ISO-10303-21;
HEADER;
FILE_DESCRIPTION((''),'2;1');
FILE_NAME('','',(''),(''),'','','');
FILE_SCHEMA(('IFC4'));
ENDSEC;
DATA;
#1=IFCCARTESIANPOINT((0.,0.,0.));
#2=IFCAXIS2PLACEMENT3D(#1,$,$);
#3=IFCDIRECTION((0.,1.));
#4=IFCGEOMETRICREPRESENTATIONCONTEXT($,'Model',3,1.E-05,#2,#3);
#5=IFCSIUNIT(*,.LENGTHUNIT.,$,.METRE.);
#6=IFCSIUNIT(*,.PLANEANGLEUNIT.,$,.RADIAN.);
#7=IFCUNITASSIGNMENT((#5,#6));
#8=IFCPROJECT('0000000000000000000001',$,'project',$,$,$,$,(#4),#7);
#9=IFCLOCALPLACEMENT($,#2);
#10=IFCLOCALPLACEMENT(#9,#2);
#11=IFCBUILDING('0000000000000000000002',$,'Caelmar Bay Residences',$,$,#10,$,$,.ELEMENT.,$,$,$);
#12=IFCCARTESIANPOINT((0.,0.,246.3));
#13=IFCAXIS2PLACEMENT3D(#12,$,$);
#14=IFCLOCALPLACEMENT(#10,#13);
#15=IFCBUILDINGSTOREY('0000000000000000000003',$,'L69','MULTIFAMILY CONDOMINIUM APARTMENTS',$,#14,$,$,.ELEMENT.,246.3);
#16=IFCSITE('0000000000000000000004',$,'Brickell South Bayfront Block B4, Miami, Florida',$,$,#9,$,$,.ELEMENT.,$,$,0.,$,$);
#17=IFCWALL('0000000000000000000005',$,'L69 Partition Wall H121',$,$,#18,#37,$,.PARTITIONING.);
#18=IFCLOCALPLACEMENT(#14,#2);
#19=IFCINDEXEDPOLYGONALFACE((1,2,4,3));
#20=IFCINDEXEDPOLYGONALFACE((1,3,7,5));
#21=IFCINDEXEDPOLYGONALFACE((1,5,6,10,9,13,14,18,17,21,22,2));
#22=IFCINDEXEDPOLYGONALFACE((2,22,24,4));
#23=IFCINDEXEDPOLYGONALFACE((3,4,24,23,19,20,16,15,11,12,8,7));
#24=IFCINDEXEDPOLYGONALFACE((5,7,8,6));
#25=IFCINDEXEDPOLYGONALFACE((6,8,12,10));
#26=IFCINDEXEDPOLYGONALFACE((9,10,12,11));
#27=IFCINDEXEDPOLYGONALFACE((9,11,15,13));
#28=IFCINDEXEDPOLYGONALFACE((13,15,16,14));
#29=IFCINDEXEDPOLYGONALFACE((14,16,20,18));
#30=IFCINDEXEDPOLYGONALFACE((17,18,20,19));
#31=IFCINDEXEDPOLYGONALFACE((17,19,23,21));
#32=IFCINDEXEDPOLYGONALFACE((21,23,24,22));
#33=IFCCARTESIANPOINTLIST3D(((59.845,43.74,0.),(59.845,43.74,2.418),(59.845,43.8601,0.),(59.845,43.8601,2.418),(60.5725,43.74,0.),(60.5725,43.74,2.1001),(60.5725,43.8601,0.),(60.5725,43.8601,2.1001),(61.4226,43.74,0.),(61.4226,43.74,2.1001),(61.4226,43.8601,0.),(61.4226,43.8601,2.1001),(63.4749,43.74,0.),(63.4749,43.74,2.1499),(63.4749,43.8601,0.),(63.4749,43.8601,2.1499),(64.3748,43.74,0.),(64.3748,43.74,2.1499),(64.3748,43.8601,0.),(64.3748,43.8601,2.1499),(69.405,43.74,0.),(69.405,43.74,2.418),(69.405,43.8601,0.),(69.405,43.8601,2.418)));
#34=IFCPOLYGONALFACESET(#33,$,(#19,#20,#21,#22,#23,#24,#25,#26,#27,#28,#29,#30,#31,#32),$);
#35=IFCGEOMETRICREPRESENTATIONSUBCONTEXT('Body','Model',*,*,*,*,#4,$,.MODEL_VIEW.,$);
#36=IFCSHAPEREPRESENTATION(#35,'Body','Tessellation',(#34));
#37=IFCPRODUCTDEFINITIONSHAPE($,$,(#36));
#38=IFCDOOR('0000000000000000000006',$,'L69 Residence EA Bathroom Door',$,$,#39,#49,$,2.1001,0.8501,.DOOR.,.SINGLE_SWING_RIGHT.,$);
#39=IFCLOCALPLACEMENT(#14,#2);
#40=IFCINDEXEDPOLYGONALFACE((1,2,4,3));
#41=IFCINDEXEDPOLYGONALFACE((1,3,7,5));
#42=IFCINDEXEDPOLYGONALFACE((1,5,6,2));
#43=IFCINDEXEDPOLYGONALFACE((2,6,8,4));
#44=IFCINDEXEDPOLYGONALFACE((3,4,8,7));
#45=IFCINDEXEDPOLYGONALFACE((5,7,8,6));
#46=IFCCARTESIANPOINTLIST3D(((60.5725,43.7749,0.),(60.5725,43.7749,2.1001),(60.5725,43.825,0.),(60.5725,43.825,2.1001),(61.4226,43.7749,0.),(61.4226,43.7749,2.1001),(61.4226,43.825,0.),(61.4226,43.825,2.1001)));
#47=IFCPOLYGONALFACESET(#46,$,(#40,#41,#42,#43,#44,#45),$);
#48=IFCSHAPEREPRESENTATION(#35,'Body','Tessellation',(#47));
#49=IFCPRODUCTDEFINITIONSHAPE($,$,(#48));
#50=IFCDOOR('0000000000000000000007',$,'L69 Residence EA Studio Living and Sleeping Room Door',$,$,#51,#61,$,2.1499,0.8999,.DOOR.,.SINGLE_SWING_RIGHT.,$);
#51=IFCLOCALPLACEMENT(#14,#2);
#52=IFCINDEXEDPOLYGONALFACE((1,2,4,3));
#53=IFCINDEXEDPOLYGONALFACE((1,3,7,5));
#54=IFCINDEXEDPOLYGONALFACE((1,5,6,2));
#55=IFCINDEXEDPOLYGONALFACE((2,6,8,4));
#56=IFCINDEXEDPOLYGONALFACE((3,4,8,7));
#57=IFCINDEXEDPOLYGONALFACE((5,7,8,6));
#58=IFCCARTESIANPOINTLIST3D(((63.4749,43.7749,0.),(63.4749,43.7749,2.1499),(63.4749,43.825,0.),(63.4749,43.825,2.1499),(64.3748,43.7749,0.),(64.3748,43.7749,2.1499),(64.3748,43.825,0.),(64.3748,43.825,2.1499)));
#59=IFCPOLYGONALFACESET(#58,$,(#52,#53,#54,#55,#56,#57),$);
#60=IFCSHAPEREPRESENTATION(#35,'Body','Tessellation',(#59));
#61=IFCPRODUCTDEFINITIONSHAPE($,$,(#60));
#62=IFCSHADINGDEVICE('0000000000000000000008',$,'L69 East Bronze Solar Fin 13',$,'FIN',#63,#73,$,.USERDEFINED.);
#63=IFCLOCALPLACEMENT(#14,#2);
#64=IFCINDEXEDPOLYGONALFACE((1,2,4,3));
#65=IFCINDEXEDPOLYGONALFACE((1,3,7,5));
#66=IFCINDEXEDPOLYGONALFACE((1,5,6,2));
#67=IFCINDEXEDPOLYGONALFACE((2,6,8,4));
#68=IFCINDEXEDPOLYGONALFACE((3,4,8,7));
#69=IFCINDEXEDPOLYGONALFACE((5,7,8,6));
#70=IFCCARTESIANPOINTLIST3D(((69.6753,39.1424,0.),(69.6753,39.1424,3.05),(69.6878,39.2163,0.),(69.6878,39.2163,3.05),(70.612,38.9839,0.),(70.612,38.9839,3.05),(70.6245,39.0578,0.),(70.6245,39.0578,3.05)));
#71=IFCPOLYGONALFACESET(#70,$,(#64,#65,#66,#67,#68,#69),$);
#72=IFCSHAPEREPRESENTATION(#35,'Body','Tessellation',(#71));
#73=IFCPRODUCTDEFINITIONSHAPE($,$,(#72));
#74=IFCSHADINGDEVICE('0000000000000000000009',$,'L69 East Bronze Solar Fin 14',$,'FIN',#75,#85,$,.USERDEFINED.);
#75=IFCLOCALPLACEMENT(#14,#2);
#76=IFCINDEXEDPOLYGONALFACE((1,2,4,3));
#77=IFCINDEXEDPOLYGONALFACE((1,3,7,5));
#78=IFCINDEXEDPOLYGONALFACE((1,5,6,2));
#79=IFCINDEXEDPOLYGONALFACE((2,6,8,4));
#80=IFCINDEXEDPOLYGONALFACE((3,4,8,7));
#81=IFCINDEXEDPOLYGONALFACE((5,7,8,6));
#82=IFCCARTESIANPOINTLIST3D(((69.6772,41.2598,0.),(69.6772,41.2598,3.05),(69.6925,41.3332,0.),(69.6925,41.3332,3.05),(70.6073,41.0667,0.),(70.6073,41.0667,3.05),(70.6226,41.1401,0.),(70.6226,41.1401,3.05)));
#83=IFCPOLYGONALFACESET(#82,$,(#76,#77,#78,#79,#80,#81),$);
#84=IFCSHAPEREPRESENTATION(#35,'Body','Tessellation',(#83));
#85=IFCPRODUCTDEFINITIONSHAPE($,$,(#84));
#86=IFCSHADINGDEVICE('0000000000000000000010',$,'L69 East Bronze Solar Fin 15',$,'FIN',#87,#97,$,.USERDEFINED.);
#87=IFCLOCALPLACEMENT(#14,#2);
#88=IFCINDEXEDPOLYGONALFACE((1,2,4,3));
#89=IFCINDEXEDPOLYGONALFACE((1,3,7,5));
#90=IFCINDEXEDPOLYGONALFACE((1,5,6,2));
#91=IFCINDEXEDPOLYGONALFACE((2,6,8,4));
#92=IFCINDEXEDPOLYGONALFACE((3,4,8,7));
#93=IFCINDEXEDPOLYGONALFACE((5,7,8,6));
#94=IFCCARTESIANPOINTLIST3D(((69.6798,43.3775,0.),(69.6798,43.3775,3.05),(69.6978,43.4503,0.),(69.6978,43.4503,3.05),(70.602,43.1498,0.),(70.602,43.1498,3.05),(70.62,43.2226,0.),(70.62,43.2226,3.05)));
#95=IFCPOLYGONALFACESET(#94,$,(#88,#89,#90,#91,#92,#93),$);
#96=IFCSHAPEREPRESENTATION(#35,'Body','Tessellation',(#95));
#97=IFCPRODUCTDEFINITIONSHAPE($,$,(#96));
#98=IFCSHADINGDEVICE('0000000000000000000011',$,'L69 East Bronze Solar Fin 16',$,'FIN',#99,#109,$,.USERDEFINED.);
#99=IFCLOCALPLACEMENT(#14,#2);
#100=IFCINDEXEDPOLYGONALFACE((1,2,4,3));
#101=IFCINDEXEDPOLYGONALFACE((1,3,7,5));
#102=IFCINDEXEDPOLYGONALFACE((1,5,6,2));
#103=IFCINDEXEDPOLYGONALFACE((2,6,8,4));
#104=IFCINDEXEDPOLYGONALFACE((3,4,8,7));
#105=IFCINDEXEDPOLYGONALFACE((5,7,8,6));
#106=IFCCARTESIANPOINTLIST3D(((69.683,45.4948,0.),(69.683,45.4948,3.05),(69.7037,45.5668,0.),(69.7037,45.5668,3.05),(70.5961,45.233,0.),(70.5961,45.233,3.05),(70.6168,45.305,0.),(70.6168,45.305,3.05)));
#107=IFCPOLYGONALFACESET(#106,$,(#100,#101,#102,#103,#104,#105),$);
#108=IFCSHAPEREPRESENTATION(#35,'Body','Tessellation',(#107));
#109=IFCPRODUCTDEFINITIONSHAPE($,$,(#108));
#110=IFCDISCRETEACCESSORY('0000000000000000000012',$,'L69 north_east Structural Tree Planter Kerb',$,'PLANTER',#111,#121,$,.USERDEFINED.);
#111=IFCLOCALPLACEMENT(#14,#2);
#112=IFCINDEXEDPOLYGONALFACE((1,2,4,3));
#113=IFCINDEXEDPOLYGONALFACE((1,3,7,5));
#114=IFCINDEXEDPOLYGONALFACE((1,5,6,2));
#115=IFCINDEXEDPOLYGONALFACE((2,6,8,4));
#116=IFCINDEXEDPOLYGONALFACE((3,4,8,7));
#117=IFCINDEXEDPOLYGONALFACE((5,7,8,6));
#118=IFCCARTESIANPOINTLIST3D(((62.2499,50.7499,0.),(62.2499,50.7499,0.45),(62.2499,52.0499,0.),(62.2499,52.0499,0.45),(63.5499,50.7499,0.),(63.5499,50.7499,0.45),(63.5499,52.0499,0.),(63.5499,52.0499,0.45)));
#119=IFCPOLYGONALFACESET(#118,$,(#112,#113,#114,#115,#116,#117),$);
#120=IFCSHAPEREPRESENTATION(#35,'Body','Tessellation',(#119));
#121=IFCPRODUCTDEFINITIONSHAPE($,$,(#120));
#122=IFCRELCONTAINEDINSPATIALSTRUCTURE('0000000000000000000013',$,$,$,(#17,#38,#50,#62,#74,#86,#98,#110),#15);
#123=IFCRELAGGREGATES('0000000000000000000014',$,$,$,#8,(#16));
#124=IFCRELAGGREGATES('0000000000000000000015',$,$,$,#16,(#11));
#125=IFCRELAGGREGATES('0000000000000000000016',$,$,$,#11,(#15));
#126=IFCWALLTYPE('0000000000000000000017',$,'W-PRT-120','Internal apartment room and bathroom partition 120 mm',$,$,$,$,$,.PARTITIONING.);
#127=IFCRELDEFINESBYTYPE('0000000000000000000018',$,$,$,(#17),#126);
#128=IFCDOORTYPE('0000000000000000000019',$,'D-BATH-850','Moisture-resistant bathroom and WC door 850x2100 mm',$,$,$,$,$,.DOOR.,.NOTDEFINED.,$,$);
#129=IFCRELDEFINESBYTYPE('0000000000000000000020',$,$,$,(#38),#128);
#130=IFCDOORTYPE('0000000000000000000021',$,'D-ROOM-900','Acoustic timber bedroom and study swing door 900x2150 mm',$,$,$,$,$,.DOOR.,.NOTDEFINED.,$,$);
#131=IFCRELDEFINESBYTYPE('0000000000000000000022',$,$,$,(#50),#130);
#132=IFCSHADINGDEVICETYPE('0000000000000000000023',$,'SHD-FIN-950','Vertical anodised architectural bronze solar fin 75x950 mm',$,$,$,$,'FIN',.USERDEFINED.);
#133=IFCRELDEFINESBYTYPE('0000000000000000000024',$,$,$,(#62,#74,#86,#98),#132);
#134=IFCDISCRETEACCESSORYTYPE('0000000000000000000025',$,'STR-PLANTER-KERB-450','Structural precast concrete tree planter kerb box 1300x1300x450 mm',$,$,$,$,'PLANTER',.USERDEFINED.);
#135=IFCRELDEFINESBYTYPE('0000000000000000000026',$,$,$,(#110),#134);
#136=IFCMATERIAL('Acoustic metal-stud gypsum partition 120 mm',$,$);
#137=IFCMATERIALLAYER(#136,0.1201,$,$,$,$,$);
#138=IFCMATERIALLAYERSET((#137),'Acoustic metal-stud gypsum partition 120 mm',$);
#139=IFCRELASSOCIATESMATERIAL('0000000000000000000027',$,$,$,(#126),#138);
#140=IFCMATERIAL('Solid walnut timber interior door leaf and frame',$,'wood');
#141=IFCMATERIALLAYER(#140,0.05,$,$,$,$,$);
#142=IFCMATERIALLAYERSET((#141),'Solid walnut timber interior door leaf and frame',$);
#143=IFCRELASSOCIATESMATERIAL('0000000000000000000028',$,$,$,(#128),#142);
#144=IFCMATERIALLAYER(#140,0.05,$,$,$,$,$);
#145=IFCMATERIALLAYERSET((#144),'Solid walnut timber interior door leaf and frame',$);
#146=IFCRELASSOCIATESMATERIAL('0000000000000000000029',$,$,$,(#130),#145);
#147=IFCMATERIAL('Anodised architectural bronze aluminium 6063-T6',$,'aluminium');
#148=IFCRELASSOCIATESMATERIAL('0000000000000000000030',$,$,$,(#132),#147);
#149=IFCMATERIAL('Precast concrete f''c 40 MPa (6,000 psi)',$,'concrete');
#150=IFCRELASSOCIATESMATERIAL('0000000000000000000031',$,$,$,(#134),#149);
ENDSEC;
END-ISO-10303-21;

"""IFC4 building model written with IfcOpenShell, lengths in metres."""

from ifc_helpers import new_model, si_unit, direction, frame, frame_2d, origin, origin_2d, place, context, subcontext, project, spatial, rectangle, extrude, material, layer, layer_set, material_profile, profile_set, type_object, element, fill, save


model = new_model("IFC4")

# Units and contexts
model_context = context("Model", 3, precision=1e-05, world=origin(), true_north=direction((0.0, 1.0)))
body_context = subcontext(model_context, "Body", "Model", "MODEL_VIEW")
ifc_project = project(units=[si_unit("LENGTHUNIT", "METRE"), si_unit("PLANEANGLEUNIT", "RADIAN")], contexts=[model_context])

# Site, building, storey
site_placement = place(None, origin())
site = spatial("IfcSite", under=ifc_project, at=site_placement, Name="Brickell South Bayfront Block B4, Miami, Florida", CompositionType="ELEMENT", RefElevation=0.0)
building_placement = place(site_placement, origin())
building = spatial("IfcBuilding", under=site, at=building_placement, Name="Caelmar Bay Residences", CompositionType="ELEMENT")
storey_placement = place(building_placement, frame((0.0, 0.0, 246.3)))
storey = spatial("IfcBuildingStorey", under=building, at=storey_placement, Name="L69", Description="MULTIFAMILY CONDOMINIUM APARTMENTS", CompositionType="ELEMENT", Elevation=246.3)

# Shared definitions
ifc_material_1 = material(Name="Precast concrete f'c 40 MPa (6,000 psi)", Category="concrete")

# Shared definitions
ifc_material_2 = material(Name="Acoustic metal-stud gypsum partition 120 mm")
ifc_layer_1 = layer(ifc_material_2, 0.1201)
ifc_layer_set_1 = layer_set([ifc_layer_1], Name="Acoustic metal-stud gypsum partition 120 mm")
wall_type_1 = type_object("IfcWallType", Name="W-PRT-120", Description="Internal apartment room and bathroom partition 120 mm", PredefinedType="PARTITIONING", material=ifc_layer_set_1)

# Wall, openings, doors
wall_1_placement = place(storey_placement, frame((59.845, 43.8, 0.0), z_axis=(0.0, 0.0, 1.0), x_axis=(1.0, 0.0, 0.0)))
wall_1 = element("IfcWall", 1, at=wall_1_placement, inside=storey, type_object=wall_type_1, Name="L69 Partition Wall H121", PredefinedType="PARTITIONING", context=body_context, shape_type="SweptSolid", body=[
    extrude(rectangle(XDim=9.5601, YDim=0.1201, at=frame_2d((4.78, 0.0))), origin(), (0.0, 0.0, 1.0), 2.418),
])
opening_1_placement = place(wall_1_placement, frame((3.6299, 0.0, 0.0)))
opening_1 = element("IfcOpeningElement", 2, at=opening_1_placement, cuts=wall_1, PredefinedType="OPENING", context=body_context, shape_type="SweptSolid", body=[
    extrude(rectangle(XDim=0.8999, YDim=2.1499, at=frame_2d((0.45, 1.075))), frame((0.0, 0.0701, 0.0), z_axis=(0.0, -1.0, 0.0), x_axis=(1.0, 0.0, 0.0)), (0.0, 0.0, 1.0), 0.1401),
])
opening_2_placement = place(wall_1_placement, frame((0.7275, 0.0, 0.0)))
opening_2 = element("IfcOpeningElement", 3, at=opening_2_placement, cuts=wall_1, PredefinedType="OPENING", context=body_context, shape_type="SweptSolid", body=[
    extrude(rectangle(XDim=0.8501, YDim=2.1001, at=frame_2d((0.425, 1.05))), frame((0.0, 0.0701, 0.0), z_axis=(0.0, -1.0, 0.0), x_axis=(1.0, 0.0, 0.0)), (0.0, 0.0, 1.0), 0.1401),
])
ifc_material_3 = material(Name="Solid walnut timber interior door leaf and frame", Category="wood")
ifc_layer_2 = layer(ifc_material_3, 0.05)
ifc_layer_set_2 = layer_set([ifc_layer_2], Name="Solid walnut timber interior door leaf and frame")
door_type_1 = type_object("IfcDoorType", Name="D-BATH-850", Description="Moisture-resistant bathroom and WC door 850x2100 mm", OperationType="NOTDEFINED", PredefinedType="DOOR", material=ifc_layer_set_2)
door_1_placement = place(opening_2_placement, origin())
door_1 = element("IfcDoor", 4, at=door_1_placement, inside=storey, type_object=door_type_1, Name="L69 Residence EA Bathroom Door", OperationType="SINGLE_SWING_RIGHT", OverallHeight=2.1001, OverallWidth=0.8501, PredefinedType="DOOR", context=body_context, shape_type="SweptSolid", body=[
    extrude(rectangle(XDim=0.8501, YDim=2.1001, at=frame_2d((0.425, 1.05))), frame((0.0, 0.0249, 0.0), z_axis=(0.0, -1.0, 0.0), x_axis=(1.0, 0.0, 0.0)), (0.0, 0.0, 1.0), 0.05),
])
fill(opening_2, door_1)
ifc_layer_3 = layer(ifc_material_3, 0.05)
ifc_layer_set_3 = layer_set([ifc_layer_3], Name="Solid walnut timber interior door leaf and frame")
door_type_2 = type_object("IfcDoorType", Name="D-ROOM-900", Description="Acoustic timber bedroom and study swing door 900x2150 mm", OperationType="NOTDEFINED", PredefinedType="DOOR", material=ifc_layer_set_3)
door_2_placement = place(opening_1_placement, origin())
door_2 = element("IfcDoor", 5, at=door_2_placement, inside=storey, type_object=door_type_2, Name="L69 Residence EA Studio Living and Sleeping Room Door", OperationType="SINGLE_SWING_RIGHT", OverallHeight=2.1499, OverallWidth=0.8999, PredefinedType="DOOR", context=body_context, shape_type="SweptSolid", body=[
    extrude(rectangle(XDim=0.8999, YDim=2.1499, at=frame_2d((0.45, 1.075))), frame((0.0, 0.0249, 0.0), z_axis=(0.0, -1.0, 0.0), x_axis=(1.0, 0.0, 0.0)), (0.0, 0.0, 1.0), 0.05),
])
fill(opening_1, door_2)

# Shading devices
ifc_material_4 = material(Name="Anodised architectural bronze aluminium 6063-T6", Category="aluminium")
ifc_material_profile_1 = material_profile(ifc_material_4, rectangle(XDim=0.075, YDim=0.95, at=origin_2d()), Name="BRONZE-FIN-75X950")
ifc_profile_set_1 = profile_set([ifc_material_profile_1], Name="Anodised architectural bronze aluminium 6063-T6")
shading_device_type = type_object("IfcShadingDeviceType", Name="SHD-FIN-950", Description="Vertical anodised architectural bronze solar fin 75x950 mm", ElementType="FIN", PredefinedType="USERDEFINED", material=ifc_profile_set_1)
for number, where, z_axis, x_axis, name in (
    (6, (70.1499, 39.1001, 0.0), (0.0, 0.0, 1.0), (0.166769, 0.985996, 0.0), "L69 East Bronze Solar Fin 13"),
    (7, (70.1499, 41.2, 0.0), (0.0, 0.0, 1.0), (0.2033, 0.979116, 0.0), "L69 East Bronze Solar Fin 14"),
    (8, (70.1499, 43.3, 0.0), (0.0, 0.0, 1.0), (0.23972, 0.970842, 0.0), "L69 East Bronze Solar Fin 15"),
    (9, (70.1499, 45.3999, 0.0), (0.0, 0.0, 1.0), (0.275637, 0.961262, 0.0), "L69 East Bronze Solar Fin 16"),
):
    element("IfcShadingDevice", number, at=place(storey_placement, frame(where, z_axis=z_axis, x_axis=x_axis)), inside=storey, type_object=shading_device_type, Name=name, ObjectType="FIN", PredefinedType="USERDEFINED", context=body_context, shape_type="SweptSolid", body=[
        extrude(rectangle(XDim=0.075, YDim=0.95, at=origin_2d()), origin(), (0.0, 0.0, 1.0), 3.05),
    ])

# Discrete accessory
discrete_accessory_type = type_object("IfcDiscreteAccessoryType", Name="STR-PLANTER-KERB-450", Description="Structural precast concrete tree planter kerb box 1300x1300x450 mm", ElementType="PLANTER", PredefinedType="USERDEFINED", material=ifc_material_1)
discrete_accessory_placement = place(storey_placement, frame((62.8999, 51.3999, 0.0), z_axis=(0.0, 0.0, 1.0), x_axis=(1.0, 0.0, 0.0)))
element("IfcDiscreteAccessory", 10, at=discrete_accessory_placement, inside=storey, type_object=discrete_accessory_type, Name="L69 north_east Structural Tree Planter Kerb", ObjectType="PLANTER", PredefinedType="USERDEFINED", context=body_context, shape_type="SweptSolid", body=[
    extrude(rectangle(XDim=1.3, YDim=1.3, at=origin_2d()), origin(), (0.0, 0.0, 1.0), 0.45),
])

save(model, "model.ifc")
